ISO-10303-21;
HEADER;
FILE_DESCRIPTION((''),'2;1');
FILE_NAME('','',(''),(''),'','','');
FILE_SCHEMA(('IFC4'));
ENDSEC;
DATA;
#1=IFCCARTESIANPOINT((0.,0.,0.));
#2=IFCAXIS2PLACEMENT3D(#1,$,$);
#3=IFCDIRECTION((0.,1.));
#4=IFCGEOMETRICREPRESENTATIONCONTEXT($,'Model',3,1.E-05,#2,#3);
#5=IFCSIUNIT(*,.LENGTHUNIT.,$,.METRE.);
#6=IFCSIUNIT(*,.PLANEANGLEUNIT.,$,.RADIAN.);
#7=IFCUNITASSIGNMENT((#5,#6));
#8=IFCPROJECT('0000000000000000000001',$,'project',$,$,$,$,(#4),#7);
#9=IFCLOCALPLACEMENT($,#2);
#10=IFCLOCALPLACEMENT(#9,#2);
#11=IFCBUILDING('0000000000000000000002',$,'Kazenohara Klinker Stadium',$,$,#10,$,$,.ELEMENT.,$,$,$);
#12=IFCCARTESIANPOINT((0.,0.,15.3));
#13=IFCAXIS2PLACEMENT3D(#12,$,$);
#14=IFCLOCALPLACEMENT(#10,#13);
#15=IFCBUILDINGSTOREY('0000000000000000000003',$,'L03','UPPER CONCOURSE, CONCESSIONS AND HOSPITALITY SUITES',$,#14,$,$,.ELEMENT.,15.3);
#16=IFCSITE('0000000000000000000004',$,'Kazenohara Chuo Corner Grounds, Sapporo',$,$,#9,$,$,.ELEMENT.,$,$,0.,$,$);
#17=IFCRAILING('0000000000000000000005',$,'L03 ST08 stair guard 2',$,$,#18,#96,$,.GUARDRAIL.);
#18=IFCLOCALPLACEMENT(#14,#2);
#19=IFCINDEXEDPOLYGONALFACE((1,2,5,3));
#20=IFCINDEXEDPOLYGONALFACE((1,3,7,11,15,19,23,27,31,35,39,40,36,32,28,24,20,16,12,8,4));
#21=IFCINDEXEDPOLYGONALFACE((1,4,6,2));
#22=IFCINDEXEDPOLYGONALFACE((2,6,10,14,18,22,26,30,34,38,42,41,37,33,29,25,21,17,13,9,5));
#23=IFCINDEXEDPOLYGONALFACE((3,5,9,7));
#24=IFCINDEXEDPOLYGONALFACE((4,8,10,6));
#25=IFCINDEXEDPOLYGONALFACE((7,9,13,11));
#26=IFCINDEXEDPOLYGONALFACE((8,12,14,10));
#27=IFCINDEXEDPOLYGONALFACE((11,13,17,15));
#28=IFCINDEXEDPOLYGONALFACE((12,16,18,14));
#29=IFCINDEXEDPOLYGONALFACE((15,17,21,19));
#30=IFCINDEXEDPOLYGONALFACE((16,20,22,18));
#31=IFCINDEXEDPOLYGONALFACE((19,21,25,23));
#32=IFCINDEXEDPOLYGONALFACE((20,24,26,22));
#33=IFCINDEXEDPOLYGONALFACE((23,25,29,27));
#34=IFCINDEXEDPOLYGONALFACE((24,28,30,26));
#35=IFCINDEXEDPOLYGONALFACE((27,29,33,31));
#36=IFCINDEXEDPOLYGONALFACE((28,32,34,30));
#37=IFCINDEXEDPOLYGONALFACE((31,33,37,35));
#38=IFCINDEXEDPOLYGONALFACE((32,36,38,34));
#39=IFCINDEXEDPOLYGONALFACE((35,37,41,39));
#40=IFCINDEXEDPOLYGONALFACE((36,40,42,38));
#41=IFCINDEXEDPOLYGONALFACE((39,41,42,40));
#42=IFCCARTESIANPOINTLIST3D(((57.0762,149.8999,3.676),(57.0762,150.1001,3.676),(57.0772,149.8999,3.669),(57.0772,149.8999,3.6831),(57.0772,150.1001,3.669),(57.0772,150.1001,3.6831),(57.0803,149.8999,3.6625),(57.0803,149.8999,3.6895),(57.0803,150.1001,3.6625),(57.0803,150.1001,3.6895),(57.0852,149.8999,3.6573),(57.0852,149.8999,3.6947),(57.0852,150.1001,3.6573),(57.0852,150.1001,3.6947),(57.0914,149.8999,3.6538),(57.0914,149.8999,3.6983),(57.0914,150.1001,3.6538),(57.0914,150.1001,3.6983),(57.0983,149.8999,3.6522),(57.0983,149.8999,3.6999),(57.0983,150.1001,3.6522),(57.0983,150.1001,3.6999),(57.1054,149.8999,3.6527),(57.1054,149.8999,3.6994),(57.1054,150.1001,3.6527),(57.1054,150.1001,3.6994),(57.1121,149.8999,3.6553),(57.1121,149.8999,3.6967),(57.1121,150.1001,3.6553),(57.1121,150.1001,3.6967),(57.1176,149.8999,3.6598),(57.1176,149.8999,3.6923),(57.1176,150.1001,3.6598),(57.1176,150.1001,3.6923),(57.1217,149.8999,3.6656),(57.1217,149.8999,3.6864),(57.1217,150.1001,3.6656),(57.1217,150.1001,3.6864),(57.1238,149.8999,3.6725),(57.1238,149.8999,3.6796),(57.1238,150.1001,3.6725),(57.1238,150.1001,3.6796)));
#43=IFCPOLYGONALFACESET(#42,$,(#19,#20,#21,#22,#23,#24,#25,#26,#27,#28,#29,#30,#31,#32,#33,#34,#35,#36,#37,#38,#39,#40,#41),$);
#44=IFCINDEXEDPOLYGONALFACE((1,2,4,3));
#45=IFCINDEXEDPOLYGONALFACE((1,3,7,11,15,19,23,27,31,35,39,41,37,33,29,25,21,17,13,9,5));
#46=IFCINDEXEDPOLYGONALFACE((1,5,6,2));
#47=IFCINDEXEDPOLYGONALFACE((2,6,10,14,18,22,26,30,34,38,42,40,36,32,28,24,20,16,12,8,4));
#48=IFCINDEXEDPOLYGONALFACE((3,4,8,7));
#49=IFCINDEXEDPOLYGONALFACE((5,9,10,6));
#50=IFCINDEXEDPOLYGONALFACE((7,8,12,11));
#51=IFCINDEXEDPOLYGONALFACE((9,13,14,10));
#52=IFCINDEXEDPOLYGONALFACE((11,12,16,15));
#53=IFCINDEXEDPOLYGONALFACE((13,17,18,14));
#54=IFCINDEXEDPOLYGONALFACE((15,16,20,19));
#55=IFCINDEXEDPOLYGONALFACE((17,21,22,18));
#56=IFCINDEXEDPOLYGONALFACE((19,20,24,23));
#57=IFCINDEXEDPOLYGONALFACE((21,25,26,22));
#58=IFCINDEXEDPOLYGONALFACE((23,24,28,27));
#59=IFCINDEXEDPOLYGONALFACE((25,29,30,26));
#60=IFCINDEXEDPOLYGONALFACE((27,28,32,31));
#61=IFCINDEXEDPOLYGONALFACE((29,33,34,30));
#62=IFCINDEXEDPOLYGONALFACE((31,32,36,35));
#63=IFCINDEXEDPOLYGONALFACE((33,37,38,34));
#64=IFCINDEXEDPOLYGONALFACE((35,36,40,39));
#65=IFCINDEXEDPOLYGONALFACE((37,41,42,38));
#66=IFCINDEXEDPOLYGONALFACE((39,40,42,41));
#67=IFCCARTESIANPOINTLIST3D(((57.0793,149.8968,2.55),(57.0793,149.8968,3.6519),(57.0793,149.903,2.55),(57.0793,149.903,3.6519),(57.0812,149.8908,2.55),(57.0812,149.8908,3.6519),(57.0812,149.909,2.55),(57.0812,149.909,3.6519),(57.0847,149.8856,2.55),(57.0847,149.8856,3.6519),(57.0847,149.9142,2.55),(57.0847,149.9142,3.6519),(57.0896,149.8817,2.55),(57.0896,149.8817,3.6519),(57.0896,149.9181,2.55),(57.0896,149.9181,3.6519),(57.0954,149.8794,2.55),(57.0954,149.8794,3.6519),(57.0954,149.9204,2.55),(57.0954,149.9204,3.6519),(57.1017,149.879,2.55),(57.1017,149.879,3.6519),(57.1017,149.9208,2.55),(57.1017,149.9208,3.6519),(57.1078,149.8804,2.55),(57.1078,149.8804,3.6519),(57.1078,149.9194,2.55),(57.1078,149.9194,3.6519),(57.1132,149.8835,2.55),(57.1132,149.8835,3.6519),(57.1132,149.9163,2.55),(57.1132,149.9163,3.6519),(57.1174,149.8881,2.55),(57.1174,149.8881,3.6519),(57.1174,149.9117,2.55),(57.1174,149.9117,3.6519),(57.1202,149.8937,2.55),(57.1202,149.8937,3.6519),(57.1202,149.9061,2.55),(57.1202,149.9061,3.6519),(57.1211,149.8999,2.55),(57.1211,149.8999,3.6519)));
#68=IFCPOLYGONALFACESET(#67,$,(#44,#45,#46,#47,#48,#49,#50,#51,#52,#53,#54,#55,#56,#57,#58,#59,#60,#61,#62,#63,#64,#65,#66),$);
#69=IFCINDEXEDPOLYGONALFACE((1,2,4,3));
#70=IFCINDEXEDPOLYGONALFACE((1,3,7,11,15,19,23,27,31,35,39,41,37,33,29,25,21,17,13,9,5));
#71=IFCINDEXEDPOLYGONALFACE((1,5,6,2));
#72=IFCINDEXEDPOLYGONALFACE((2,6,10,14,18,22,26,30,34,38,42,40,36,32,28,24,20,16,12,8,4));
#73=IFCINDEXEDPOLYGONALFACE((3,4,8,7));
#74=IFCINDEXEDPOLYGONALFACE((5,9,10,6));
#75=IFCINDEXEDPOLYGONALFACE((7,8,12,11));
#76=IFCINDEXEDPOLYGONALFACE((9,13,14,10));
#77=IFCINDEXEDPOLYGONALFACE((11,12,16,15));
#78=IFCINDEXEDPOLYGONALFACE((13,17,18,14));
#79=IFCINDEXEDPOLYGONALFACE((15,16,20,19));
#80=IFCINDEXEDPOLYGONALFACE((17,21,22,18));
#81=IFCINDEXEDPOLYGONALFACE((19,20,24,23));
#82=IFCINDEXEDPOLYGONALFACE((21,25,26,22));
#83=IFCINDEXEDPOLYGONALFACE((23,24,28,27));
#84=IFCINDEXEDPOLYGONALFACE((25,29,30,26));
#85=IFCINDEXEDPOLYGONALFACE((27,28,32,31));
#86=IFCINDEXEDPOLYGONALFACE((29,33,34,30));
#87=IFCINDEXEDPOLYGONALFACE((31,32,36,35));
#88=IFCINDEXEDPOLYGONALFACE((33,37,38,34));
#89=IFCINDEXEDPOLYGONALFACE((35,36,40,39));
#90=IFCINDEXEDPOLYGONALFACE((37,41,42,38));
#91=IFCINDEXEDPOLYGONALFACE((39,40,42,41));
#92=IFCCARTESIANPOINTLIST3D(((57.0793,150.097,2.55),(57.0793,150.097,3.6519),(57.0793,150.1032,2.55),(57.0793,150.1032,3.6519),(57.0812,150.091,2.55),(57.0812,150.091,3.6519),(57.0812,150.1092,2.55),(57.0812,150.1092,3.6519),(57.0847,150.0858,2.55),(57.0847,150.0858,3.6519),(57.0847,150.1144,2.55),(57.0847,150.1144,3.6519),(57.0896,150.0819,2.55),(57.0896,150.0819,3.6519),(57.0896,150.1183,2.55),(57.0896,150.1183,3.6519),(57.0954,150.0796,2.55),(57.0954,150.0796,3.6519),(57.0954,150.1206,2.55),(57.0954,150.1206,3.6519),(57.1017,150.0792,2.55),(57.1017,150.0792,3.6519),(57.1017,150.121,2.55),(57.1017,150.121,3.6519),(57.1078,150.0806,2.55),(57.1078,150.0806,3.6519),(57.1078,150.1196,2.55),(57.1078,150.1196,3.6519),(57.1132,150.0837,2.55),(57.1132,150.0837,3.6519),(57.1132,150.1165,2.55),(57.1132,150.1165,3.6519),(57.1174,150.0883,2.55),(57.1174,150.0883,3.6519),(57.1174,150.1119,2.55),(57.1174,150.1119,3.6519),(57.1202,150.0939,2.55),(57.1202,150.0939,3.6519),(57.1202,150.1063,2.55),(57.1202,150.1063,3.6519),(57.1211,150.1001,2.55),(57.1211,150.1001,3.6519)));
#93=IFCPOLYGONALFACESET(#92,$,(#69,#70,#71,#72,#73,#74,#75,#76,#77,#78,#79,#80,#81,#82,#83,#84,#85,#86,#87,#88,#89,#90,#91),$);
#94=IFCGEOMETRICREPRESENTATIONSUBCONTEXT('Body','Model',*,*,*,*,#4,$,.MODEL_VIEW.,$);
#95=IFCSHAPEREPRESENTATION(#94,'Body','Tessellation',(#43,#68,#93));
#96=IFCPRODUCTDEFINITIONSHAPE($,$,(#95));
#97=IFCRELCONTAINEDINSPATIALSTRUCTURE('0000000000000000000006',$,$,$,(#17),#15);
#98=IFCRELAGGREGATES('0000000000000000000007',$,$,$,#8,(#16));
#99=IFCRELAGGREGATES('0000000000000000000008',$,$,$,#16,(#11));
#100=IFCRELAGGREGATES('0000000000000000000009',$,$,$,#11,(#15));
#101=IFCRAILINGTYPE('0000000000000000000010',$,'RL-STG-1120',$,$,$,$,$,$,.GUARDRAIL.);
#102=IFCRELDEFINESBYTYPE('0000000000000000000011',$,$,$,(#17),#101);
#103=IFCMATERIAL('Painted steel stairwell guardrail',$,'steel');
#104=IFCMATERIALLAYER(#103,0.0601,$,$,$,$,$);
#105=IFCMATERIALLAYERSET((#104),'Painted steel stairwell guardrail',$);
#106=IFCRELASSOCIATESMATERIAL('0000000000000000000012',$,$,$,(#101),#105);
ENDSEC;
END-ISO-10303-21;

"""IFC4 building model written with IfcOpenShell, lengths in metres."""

from ifc_helpers import new_model, si_unit, direction, frame, origin, origin_2d, place, context, subcontext, project, spatial, circle, extrude, material, layer, layer_set, type_object, element, save


model = new_model("IFC4")

# Units and contexts
model_context = context("Model", 3, precision=1e-05, world=origin(), true_north=direction((0.0, 1.0)))
body_context = subcontext(model_context, "Body", "Model", "MODEL_VIEW")
ifc_project = project(units=[si_unit("LENGTHUNIT", "METRE"), si_unit("PLANEANGLEUNIT", "RADIAN")], contexts=[model_context])

# Site, building, storey
site_placement = place(None, origin())
site = spatial("IfcSite", under=ifc_project, at=site_placement, Name="Kazenohara Chuo Corner Grounds, Sapporo", CompositionType="ELEMENT", RefElevation=0.0)
building_placement = place(site_placement, origin())
building = spatial("IfcBuilding", under=site, at=building_placement, Name="Kazenohara Klinker Stadium", CompositionType="ELEMENT")
storey_placement = place(building_placement, frame((0.0, 0.0, 15.3)))
storey = spatial("IfcBuildingStorey", under=building, at=storey_placement, Name="L03", Description="UPPER CONCOURSE, CONCESSIONS AND HOSPITALITY SUITES", CompositionType="ELEMENT", Elevation=15.3)

# Railing
ifc_material_1 = material(Name="Painted steel stairwell guardrail", Category="steel")
ifc_layer_1 = layer(ifc_material_1, 0.0601)
ifc_layer_set_1 = layer_set([ifc_layer_1], Name="Painted steel stairwell guardrail")
railing_type_1 = type_object("IfcRailingType", Name="RL-STG-1120", PredefinedType="GUARDRAIL", material=ifc_layer_set_1)
railing_1_placement = place(storey_placement, frame((57.1001, 149.8999, 2.55)))
element("IfcRailing", 1, at=railing_1_placement, inside=storey, type_object=railing_type_1, Name="L03 ST08 stair guard 2", PredefinedType="GUARDRAIL", context=body_context, shape_type="SweptSolid", body=[
    extrude(circle(Radius=0.0239, at=origin_2d()), frame((0.0, 0.0, 1.126), z_axis=(0.0, 1.0, 0.0), x_axis=(-1.0, 0.0, 0.0)), (0.0, 0.0, 1.0), 0.2002),
    extrude(circle(Radius=0.021, at=origin_2d()), origin(), (0.0, 0.0, 1.0), 1.1018),
    extrude(circle(Radius=0.021, at=origin_2d()), frame((0.0, 0.2002, 0.0)), (0.0, 0.0, 1.0), 1.1018),
])

save(model, "model.ifc")
